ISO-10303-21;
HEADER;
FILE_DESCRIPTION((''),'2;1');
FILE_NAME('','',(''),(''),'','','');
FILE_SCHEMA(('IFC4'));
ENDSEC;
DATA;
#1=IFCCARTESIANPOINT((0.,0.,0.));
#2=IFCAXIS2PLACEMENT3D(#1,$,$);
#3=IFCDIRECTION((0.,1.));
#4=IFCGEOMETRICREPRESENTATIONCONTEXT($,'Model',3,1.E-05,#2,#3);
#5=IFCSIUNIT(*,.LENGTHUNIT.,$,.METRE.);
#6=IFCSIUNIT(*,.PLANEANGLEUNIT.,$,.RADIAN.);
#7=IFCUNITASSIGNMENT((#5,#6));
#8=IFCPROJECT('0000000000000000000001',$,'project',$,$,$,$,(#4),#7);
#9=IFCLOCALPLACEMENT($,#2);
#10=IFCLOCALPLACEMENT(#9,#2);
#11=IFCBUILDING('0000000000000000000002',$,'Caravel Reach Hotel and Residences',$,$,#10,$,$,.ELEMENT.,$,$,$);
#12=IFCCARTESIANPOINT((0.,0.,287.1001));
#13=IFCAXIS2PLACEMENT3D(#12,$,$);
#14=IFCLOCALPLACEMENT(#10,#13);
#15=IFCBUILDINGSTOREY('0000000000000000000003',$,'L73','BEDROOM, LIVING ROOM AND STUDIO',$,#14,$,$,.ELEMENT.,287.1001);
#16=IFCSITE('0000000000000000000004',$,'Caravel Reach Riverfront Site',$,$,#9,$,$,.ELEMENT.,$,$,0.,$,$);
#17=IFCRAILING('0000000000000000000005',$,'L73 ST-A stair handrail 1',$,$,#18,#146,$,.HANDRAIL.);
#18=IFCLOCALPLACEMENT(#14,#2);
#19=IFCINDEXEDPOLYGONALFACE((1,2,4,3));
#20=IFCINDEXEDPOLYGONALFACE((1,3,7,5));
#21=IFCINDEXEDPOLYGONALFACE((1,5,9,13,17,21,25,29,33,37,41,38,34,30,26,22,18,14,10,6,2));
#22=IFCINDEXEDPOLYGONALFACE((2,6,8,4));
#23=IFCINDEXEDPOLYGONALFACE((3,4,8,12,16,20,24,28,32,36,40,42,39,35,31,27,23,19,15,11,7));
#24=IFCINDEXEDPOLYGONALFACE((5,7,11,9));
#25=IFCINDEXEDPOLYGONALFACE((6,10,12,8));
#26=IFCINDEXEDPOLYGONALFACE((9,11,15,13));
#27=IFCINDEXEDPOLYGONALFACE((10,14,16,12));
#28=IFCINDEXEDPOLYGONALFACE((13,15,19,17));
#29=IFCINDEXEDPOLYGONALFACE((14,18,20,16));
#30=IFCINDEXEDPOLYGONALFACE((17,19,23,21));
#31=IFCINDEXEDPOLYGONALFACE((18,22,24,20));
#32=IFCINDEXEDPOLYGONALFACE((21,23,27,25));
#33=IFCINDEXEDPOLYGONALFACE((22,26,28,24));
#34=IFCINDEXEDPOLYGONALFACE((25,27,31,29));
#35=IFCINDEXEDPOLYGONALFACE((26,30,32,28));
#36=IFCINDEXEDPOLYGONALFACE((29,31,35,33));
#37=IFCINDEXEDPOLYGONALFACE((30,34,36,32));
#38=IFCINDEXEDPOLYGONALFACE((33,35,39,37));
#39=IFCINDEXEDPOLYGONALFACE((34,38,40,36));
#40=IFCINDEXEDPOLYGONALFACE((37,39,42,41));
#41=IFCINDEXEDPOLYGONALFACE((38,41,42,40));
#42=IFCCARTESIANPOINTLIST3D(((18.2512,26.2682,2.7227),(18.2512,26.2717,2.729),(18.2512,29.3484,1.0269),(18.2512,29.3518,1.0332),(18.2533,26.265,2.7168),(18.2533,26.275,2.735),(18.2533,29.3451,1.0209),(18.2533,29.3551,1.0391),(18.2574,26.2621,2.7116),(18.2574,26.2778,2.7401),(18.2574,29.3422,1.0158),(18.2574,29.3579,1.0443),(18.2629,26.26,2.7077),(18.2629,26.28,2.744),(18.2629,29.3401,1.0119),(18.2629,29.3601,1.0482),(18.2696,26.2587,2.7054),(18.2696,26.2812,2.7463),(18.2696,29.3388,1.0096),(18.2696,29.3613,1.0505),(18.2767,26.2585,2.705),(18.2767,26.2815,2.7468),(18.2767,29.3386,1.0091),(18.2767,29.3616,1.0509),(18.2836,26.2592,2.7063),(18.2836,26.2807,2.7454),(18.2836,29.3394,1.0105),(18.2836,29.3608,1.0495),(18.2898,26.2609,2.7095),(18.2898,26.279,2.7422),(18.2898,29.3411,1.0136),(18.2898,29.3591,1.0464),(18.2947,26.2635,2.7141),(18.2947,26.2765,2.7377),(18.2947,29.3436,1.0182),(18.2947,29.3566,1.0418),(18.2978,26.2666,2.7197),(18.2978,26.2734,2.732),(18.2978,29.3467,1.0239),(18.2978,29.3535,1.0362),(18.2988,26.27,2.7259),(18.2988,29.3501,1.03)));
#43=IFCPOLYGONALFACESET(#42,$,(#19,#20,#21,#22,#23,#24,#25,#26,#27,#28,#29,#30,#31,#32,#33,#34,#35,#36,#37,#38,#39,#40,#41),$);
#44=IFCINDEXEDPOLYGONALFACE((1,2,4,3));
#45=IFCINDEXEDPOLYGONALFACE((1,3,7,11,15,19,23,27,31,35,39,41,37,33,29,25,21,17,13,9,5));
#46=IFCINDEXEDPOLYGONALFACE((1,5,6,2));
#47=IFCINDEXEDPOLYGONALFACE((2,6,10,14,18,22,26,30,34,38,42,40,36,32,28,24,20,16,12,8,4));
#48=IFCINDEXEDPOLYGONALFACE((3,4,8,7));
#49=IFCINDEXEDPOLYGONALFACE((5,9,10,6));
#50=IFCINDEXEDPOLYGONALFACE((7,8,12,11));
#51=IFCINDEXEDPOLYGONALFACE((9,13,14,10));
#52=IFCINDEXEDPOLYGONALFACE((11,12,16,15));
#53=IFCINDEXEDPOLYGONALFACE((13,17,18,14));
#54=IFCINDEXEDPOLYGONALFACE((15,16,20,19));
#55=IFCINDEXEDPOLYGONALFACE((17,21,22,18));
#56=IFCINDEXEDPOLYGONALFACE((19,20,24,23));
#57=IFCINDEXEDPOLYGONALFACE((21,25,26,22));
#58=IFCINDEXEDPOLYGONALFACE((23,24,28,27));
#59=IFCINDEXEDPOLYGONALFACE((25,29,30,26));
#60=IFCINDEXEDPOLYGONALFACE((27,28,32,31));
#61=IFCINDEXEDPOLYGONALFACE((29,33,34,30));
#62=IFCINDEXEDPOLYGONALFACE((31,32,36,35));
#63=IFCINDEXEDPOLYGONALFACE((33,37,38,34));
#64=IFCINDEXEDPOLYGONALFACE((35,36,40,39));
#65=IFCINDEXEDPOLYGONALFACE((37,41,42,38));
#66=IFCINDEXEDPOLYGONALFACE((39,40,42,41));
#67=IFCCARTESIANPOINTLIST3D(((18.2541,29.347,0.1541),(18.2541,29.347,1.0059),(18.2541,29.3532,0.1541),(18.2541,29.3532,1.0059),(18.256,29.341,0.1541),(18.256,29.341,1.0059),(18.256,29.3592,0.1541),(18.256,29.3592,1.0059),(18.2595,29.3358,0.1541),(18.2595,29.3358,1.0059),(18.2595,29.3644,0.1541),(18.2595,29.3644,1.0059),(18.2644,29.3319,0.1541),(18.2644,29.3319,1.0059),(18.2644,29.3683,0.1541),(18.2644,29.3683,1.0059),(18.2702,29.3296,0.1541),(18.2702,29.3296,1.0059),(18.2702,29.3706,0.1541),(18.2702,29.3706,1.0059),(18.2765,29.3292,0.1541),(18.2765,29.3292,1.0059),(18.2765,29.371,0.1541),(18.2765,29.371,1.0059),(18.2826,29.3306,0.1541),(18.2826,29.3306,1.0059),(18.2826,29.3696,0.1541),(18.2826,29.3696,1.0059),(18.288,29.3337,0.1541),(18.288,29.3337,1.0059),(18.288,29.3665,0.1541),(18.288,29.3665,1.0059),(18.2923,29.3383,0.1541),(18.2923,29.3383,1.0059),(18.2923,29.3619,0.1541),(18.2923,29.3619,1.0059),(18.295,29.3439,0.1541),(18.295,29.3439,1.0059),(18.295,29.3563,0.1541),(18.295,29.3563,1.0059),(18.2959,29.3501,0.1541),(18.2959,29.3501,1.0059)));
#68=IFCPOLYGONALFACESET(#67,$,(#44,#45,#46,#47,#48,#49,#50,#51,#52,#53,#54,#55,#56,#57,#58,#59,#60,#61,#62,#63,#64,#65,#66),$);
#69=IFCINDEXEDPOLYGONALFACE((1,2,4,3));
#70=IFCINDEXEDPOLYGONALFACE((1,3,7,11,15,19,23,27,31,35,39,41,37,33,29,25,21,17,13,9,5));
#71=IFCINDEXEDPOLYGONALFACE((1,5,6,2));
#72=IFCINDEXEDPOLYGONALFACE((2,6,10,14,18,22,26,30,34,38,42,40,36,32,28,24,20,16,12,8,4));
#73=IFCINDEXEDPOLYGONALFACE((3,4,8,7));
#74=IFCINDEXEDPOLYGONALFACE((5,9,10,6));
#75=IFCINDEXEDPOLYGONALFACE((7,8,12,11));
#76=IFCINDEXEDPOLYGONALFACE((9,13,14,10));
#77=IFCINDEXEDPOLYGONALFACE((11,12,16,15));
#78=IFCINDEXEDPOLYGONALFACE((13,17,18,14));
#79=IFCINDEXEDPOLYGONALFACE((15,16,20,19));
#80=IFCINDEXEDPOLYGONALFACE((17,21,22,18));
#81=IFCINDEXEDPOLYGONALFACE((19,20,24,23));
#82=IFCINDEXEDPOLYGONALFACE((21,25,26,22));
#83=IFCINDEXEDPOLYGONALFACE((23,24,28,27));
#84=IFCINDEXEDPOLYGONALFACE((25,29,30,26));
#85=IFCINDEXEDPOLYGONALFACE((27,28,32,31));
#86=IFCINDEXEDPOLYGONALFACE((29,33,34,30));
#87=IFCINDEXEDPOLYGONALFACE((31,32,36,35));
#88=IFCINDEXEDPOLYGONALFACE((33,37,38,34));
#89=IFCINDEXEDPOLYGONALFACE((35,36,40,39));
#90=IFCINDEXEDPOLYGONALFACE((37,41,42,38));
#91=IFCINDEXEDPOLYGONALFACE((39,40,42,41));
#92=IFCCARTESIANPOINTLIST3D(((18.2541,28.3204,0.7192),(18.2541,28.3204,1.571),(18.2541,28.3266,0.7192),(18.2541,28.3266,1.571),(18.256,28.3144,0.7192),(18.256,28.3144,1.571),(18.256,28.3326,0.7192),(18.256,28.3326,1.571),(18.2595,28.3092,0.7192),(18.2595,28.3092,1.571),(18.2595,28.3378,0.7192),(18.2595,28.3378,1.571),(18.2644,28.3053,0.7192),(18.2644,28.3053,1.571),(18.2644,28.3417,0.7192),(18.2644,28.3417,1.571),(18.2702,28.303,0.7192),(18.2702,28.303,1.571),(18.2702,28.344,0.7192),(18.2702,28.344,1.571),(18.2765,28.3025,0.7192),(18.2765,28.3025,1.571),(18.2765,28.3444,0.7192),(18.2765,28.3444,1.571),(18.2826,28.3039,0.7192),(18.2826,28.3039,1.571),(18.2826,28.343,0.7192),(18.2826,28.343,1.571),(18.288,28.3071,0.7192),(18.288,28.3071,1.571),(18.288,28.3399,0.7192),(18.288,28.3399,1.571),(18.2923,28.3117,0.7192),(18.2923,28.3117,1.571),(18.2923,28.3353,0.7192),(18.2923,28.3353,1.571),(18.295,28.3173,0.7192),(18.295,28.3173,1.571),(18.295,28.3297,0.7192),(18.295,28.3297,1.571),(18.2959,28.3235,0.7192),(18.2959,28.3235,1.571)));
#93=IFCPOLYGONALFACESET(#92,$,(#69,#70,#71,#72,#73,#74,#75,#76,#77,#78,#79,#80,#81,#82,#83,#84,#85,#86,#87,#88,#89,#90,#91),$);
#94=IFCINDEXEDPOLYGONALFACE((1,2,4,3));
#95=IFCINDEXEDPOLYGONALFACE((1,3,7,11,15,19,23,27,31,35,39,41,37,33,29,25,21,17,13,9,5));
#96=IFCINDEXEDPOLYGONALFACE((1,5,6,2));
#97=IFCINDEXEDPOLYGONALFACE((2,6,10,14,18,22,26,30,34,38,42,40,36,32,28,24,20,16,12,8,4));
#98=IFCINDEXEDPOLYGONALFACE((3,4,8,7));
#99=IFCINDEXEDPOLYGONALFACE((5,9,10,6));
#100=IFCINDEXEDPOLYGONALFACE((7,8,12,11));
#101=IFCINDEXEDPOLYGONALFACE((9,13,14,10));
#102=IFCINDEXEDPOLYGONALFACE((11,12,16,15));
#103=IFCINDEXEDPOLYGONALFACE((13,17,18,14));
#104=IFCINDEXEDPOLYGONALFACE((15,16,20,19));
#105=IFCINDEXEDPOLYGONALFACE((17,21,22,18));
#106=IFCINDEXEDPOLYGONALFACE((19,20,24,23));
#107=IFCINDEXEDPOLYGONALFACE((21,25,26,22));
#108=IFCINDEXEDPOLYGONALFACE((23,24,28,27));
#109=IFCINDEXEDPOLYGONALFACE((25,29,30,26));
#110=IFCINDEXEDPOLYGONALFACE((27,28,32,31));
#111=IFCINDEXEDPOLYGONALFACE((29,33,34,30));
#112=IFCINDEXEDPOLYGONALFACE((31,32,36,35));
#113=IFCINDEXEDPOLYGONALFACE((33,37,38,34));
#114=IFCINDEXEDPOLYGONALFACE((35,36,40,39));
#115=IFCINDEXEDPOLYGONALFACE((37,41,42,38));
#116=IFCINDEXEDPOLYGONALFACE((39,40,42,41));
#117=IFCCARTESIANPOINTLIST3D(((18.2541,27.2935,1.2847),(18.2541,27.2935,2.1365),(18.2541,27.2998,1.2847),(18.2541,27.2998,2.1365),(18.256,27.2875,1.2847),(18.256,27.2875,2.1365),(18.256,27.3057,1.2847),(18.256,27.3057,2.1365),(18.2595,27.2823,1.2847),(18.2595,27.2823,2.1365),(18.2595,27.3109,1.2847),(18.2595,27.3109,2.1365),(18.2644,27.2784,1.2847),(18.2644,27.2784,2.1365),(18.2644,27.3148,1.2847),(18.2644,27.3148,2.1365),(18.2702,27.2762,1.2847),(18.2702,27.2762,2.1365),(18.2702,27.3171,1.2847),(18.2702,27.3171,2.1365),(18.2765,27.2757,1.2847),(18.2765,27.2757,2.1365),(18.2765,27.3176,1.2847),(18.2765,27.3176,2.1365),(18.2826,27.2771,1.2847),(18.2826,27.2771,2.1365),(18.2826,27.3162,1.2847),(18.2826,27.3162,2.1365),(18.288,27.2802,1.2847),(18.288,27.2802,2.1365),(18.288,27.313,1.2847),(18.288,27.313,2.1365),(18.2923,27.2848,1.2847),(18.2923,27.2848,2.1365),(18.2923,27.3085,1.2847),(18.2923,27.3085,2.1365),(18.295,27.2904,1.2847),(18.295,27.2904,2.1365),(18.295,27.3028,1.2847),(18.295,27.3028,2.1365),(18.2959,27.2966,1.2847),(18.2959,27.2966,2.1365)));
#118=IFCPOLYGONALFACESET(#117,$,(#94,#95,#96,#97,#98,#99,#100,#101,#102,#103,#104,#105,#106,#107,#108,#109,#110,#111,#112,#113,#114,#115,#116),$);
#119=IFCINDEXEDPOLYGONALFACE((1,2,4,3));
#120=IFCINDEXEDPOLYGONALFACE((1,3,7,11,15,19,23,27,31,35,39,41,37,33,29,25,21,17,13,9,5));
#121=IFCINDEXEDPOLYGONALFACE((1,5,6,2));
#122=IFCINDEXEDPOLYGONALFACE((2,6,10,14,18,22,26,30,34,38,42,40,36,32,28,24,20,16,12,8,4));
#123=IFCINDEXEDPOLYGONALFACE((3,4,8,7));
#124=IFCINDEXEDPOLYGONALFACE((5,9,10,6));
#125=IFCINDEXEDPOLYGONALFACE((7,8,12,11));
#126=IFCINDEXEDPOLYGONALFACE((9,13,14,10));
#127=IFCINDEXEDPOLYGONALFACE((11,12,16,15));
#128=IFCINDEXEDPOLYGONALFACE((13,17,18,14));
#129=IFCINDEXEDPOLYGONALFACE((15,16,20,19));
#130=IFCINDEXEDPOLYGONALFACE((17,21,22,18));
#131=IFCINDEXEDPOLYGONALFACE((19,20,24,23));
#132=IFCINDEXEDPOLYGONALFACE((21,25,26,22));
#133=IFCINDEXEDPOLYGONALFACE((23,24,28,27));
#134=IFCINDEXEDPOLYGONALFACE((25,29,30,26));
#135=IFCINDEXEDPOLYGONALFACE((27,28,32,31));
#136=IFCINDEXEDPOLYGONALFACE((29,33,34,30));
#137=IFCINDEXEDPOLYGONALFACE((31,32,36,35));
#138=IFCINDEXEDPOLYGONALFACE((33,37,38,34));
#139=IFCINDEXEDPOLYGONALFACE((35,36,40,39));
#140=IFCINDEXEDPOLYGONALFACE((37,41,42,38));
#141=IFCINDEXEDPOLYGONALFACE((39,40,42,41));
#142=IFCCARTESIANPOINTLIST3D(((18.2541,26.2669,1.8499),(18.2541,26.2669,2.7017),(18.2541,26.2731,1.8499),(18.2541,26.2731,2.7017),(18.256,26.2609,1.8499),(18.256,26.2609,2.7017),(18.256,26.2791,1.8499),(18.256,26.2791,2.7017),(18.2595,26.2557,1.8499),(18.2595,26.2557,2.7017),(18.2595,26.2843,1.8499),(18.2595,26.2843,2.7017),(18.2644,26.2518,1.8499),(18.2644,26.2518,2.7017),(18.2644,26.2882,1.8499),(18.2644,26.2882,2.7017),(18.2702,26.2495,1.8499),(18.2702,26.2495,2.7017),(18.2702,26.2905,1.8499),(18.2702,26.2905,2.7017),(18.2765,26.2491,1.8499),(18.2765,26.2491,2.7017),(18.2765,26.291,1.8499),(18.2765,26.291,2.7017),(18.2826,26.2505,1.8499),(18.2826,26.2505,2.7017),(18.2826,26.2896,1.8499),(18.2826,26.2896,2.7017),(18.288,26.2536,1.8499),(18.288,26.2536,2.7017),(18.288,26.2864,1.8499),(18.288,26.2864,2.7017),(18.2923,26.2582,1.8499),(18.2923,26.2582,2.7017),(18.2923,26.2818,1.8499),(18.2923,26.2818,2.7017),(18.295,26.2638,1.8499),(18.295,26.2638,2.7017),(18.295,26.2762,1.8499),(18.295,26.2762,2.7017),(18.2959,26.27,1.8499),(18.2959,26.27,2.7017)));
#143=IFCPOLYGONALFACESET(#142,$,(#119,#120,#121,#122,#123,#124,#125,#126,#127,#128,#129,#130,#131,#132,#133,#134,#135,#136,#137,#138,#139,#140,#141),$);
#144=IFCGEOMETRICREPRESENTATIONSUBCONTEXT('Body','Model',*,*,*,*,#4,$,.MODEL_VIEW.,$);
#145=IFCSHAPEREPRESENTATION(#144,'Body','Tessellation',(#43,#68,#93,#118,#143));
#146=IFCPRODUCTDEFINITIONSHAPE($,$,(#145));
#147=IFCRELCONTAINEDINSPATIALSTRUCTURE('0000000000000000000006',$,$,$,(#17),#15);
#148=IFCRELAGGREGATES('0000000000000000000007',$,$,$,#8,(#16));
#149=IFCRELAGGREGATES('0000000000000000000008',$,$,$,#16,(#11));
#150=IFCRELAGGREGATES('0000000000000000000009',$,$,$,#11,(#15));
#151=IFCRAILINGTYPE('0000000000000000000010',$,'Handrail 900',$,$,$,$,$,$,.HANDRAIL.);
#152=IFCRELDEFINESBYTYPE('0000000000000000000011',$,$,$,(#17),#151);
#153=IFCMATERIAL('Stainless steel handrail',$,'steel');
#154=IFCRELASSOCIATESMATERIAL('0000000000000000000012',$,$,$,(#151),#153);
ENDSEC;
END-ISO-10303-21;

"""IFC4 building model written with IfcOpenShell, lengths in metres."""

from ifc_helpers import new_model, si_unit, direction, frame, origin, origin_2d, place, context, subcontext, project, spatial, circle, extrude, material, type_object, element, save


model = new_model("IFC4")

# Units and contexts
model_context = context("Model", 3, precision=1e-05, world=origin(), true_north=direction((0.0, 1.0)))
body_context = subcontext(model_context, "Body", "Model", "MODEL_VIEW")
ifc_project = project(units=[si_unit("LENGTHUNIT", "METRE"), si_unit("PLANEANGLEUNIT", "RADIAN")], contexts=[model_context])

# Site, building, storey
site_placement = place(None, origin())
site = spatial("IfcSite", under=ifc_project, at=site_placement, Name="Caravel Reach Riverfront Site", CompositionType="ELEMENT", RefElevation=0.0)
building_placement = place(site_placement, origin())
building = spatial("IfcBuilding", under=site, at=building_placement, Name="Caravel Reach Hotel and Residences", CompositionType="ELEMENT")
storey_placement = place(building_placement, frame((0.0, 0.0, 287.1001)))
storey = spatial("IfcBuildingStorey", under=building, at=storey_placement, Name="L73", Description="BEDROOM, LIVING ROOM AND STUDIO", CompositionType="ELEMENT", Elevation=287.1001)

# Railing
ifc_material_1 = material(Name="Stainless steel handrail", Category="steel")
railing_type_1 = type_object("IfcRailingType", Name="Handrail 900", PredefinedType="HANDRAIL", material=ifc_material_1)
railing_1_placement = place(storey_placement, frame((18.2749, 29.3501, 0.1541)))
element("IfcRailing", 1, at=railing_1_placement, inside=storey, type_object=railing_type_1, Name="L73 ST-A stair handrail 1", PredefinedType="HANDRAIL", context=body_context, shape_type="SweptSolid", body=[
    extrude(circle(Radius=0.0239, at=origin_2d()), frame((0.0, 0.0, 0.876), z_axis=(0.0, -0.876005, 0.482303), x_axis=(1.0, 0.0, 0.0)), (0.0, 0.0, 1.0), 3.5161),
    extrude(circle(Radius=0.021, at=origin_2d()), origin(), (0.0, 0.0, 1.0), 0.8518),
    extrude(circle(Radius=0.021, at=origin_2d()), frame((0.0, -1.0266, 0.5652)), (0.0, 0.0, 1.0), 0.8518),
    extrude(circle(Radius=0.021, at=origin_2d()), frame((0.0, -2.0535, 1.1306)), (0.0, 0.0, 1.0), 0.8518),
    extrude(circle(Radius=0.021, at=origin_2d()), frame((0.0, -3.0801, 1.6958)), (0.0, 0.0, 1.0), 0.8518),
])

save(model, "model.ifc")
